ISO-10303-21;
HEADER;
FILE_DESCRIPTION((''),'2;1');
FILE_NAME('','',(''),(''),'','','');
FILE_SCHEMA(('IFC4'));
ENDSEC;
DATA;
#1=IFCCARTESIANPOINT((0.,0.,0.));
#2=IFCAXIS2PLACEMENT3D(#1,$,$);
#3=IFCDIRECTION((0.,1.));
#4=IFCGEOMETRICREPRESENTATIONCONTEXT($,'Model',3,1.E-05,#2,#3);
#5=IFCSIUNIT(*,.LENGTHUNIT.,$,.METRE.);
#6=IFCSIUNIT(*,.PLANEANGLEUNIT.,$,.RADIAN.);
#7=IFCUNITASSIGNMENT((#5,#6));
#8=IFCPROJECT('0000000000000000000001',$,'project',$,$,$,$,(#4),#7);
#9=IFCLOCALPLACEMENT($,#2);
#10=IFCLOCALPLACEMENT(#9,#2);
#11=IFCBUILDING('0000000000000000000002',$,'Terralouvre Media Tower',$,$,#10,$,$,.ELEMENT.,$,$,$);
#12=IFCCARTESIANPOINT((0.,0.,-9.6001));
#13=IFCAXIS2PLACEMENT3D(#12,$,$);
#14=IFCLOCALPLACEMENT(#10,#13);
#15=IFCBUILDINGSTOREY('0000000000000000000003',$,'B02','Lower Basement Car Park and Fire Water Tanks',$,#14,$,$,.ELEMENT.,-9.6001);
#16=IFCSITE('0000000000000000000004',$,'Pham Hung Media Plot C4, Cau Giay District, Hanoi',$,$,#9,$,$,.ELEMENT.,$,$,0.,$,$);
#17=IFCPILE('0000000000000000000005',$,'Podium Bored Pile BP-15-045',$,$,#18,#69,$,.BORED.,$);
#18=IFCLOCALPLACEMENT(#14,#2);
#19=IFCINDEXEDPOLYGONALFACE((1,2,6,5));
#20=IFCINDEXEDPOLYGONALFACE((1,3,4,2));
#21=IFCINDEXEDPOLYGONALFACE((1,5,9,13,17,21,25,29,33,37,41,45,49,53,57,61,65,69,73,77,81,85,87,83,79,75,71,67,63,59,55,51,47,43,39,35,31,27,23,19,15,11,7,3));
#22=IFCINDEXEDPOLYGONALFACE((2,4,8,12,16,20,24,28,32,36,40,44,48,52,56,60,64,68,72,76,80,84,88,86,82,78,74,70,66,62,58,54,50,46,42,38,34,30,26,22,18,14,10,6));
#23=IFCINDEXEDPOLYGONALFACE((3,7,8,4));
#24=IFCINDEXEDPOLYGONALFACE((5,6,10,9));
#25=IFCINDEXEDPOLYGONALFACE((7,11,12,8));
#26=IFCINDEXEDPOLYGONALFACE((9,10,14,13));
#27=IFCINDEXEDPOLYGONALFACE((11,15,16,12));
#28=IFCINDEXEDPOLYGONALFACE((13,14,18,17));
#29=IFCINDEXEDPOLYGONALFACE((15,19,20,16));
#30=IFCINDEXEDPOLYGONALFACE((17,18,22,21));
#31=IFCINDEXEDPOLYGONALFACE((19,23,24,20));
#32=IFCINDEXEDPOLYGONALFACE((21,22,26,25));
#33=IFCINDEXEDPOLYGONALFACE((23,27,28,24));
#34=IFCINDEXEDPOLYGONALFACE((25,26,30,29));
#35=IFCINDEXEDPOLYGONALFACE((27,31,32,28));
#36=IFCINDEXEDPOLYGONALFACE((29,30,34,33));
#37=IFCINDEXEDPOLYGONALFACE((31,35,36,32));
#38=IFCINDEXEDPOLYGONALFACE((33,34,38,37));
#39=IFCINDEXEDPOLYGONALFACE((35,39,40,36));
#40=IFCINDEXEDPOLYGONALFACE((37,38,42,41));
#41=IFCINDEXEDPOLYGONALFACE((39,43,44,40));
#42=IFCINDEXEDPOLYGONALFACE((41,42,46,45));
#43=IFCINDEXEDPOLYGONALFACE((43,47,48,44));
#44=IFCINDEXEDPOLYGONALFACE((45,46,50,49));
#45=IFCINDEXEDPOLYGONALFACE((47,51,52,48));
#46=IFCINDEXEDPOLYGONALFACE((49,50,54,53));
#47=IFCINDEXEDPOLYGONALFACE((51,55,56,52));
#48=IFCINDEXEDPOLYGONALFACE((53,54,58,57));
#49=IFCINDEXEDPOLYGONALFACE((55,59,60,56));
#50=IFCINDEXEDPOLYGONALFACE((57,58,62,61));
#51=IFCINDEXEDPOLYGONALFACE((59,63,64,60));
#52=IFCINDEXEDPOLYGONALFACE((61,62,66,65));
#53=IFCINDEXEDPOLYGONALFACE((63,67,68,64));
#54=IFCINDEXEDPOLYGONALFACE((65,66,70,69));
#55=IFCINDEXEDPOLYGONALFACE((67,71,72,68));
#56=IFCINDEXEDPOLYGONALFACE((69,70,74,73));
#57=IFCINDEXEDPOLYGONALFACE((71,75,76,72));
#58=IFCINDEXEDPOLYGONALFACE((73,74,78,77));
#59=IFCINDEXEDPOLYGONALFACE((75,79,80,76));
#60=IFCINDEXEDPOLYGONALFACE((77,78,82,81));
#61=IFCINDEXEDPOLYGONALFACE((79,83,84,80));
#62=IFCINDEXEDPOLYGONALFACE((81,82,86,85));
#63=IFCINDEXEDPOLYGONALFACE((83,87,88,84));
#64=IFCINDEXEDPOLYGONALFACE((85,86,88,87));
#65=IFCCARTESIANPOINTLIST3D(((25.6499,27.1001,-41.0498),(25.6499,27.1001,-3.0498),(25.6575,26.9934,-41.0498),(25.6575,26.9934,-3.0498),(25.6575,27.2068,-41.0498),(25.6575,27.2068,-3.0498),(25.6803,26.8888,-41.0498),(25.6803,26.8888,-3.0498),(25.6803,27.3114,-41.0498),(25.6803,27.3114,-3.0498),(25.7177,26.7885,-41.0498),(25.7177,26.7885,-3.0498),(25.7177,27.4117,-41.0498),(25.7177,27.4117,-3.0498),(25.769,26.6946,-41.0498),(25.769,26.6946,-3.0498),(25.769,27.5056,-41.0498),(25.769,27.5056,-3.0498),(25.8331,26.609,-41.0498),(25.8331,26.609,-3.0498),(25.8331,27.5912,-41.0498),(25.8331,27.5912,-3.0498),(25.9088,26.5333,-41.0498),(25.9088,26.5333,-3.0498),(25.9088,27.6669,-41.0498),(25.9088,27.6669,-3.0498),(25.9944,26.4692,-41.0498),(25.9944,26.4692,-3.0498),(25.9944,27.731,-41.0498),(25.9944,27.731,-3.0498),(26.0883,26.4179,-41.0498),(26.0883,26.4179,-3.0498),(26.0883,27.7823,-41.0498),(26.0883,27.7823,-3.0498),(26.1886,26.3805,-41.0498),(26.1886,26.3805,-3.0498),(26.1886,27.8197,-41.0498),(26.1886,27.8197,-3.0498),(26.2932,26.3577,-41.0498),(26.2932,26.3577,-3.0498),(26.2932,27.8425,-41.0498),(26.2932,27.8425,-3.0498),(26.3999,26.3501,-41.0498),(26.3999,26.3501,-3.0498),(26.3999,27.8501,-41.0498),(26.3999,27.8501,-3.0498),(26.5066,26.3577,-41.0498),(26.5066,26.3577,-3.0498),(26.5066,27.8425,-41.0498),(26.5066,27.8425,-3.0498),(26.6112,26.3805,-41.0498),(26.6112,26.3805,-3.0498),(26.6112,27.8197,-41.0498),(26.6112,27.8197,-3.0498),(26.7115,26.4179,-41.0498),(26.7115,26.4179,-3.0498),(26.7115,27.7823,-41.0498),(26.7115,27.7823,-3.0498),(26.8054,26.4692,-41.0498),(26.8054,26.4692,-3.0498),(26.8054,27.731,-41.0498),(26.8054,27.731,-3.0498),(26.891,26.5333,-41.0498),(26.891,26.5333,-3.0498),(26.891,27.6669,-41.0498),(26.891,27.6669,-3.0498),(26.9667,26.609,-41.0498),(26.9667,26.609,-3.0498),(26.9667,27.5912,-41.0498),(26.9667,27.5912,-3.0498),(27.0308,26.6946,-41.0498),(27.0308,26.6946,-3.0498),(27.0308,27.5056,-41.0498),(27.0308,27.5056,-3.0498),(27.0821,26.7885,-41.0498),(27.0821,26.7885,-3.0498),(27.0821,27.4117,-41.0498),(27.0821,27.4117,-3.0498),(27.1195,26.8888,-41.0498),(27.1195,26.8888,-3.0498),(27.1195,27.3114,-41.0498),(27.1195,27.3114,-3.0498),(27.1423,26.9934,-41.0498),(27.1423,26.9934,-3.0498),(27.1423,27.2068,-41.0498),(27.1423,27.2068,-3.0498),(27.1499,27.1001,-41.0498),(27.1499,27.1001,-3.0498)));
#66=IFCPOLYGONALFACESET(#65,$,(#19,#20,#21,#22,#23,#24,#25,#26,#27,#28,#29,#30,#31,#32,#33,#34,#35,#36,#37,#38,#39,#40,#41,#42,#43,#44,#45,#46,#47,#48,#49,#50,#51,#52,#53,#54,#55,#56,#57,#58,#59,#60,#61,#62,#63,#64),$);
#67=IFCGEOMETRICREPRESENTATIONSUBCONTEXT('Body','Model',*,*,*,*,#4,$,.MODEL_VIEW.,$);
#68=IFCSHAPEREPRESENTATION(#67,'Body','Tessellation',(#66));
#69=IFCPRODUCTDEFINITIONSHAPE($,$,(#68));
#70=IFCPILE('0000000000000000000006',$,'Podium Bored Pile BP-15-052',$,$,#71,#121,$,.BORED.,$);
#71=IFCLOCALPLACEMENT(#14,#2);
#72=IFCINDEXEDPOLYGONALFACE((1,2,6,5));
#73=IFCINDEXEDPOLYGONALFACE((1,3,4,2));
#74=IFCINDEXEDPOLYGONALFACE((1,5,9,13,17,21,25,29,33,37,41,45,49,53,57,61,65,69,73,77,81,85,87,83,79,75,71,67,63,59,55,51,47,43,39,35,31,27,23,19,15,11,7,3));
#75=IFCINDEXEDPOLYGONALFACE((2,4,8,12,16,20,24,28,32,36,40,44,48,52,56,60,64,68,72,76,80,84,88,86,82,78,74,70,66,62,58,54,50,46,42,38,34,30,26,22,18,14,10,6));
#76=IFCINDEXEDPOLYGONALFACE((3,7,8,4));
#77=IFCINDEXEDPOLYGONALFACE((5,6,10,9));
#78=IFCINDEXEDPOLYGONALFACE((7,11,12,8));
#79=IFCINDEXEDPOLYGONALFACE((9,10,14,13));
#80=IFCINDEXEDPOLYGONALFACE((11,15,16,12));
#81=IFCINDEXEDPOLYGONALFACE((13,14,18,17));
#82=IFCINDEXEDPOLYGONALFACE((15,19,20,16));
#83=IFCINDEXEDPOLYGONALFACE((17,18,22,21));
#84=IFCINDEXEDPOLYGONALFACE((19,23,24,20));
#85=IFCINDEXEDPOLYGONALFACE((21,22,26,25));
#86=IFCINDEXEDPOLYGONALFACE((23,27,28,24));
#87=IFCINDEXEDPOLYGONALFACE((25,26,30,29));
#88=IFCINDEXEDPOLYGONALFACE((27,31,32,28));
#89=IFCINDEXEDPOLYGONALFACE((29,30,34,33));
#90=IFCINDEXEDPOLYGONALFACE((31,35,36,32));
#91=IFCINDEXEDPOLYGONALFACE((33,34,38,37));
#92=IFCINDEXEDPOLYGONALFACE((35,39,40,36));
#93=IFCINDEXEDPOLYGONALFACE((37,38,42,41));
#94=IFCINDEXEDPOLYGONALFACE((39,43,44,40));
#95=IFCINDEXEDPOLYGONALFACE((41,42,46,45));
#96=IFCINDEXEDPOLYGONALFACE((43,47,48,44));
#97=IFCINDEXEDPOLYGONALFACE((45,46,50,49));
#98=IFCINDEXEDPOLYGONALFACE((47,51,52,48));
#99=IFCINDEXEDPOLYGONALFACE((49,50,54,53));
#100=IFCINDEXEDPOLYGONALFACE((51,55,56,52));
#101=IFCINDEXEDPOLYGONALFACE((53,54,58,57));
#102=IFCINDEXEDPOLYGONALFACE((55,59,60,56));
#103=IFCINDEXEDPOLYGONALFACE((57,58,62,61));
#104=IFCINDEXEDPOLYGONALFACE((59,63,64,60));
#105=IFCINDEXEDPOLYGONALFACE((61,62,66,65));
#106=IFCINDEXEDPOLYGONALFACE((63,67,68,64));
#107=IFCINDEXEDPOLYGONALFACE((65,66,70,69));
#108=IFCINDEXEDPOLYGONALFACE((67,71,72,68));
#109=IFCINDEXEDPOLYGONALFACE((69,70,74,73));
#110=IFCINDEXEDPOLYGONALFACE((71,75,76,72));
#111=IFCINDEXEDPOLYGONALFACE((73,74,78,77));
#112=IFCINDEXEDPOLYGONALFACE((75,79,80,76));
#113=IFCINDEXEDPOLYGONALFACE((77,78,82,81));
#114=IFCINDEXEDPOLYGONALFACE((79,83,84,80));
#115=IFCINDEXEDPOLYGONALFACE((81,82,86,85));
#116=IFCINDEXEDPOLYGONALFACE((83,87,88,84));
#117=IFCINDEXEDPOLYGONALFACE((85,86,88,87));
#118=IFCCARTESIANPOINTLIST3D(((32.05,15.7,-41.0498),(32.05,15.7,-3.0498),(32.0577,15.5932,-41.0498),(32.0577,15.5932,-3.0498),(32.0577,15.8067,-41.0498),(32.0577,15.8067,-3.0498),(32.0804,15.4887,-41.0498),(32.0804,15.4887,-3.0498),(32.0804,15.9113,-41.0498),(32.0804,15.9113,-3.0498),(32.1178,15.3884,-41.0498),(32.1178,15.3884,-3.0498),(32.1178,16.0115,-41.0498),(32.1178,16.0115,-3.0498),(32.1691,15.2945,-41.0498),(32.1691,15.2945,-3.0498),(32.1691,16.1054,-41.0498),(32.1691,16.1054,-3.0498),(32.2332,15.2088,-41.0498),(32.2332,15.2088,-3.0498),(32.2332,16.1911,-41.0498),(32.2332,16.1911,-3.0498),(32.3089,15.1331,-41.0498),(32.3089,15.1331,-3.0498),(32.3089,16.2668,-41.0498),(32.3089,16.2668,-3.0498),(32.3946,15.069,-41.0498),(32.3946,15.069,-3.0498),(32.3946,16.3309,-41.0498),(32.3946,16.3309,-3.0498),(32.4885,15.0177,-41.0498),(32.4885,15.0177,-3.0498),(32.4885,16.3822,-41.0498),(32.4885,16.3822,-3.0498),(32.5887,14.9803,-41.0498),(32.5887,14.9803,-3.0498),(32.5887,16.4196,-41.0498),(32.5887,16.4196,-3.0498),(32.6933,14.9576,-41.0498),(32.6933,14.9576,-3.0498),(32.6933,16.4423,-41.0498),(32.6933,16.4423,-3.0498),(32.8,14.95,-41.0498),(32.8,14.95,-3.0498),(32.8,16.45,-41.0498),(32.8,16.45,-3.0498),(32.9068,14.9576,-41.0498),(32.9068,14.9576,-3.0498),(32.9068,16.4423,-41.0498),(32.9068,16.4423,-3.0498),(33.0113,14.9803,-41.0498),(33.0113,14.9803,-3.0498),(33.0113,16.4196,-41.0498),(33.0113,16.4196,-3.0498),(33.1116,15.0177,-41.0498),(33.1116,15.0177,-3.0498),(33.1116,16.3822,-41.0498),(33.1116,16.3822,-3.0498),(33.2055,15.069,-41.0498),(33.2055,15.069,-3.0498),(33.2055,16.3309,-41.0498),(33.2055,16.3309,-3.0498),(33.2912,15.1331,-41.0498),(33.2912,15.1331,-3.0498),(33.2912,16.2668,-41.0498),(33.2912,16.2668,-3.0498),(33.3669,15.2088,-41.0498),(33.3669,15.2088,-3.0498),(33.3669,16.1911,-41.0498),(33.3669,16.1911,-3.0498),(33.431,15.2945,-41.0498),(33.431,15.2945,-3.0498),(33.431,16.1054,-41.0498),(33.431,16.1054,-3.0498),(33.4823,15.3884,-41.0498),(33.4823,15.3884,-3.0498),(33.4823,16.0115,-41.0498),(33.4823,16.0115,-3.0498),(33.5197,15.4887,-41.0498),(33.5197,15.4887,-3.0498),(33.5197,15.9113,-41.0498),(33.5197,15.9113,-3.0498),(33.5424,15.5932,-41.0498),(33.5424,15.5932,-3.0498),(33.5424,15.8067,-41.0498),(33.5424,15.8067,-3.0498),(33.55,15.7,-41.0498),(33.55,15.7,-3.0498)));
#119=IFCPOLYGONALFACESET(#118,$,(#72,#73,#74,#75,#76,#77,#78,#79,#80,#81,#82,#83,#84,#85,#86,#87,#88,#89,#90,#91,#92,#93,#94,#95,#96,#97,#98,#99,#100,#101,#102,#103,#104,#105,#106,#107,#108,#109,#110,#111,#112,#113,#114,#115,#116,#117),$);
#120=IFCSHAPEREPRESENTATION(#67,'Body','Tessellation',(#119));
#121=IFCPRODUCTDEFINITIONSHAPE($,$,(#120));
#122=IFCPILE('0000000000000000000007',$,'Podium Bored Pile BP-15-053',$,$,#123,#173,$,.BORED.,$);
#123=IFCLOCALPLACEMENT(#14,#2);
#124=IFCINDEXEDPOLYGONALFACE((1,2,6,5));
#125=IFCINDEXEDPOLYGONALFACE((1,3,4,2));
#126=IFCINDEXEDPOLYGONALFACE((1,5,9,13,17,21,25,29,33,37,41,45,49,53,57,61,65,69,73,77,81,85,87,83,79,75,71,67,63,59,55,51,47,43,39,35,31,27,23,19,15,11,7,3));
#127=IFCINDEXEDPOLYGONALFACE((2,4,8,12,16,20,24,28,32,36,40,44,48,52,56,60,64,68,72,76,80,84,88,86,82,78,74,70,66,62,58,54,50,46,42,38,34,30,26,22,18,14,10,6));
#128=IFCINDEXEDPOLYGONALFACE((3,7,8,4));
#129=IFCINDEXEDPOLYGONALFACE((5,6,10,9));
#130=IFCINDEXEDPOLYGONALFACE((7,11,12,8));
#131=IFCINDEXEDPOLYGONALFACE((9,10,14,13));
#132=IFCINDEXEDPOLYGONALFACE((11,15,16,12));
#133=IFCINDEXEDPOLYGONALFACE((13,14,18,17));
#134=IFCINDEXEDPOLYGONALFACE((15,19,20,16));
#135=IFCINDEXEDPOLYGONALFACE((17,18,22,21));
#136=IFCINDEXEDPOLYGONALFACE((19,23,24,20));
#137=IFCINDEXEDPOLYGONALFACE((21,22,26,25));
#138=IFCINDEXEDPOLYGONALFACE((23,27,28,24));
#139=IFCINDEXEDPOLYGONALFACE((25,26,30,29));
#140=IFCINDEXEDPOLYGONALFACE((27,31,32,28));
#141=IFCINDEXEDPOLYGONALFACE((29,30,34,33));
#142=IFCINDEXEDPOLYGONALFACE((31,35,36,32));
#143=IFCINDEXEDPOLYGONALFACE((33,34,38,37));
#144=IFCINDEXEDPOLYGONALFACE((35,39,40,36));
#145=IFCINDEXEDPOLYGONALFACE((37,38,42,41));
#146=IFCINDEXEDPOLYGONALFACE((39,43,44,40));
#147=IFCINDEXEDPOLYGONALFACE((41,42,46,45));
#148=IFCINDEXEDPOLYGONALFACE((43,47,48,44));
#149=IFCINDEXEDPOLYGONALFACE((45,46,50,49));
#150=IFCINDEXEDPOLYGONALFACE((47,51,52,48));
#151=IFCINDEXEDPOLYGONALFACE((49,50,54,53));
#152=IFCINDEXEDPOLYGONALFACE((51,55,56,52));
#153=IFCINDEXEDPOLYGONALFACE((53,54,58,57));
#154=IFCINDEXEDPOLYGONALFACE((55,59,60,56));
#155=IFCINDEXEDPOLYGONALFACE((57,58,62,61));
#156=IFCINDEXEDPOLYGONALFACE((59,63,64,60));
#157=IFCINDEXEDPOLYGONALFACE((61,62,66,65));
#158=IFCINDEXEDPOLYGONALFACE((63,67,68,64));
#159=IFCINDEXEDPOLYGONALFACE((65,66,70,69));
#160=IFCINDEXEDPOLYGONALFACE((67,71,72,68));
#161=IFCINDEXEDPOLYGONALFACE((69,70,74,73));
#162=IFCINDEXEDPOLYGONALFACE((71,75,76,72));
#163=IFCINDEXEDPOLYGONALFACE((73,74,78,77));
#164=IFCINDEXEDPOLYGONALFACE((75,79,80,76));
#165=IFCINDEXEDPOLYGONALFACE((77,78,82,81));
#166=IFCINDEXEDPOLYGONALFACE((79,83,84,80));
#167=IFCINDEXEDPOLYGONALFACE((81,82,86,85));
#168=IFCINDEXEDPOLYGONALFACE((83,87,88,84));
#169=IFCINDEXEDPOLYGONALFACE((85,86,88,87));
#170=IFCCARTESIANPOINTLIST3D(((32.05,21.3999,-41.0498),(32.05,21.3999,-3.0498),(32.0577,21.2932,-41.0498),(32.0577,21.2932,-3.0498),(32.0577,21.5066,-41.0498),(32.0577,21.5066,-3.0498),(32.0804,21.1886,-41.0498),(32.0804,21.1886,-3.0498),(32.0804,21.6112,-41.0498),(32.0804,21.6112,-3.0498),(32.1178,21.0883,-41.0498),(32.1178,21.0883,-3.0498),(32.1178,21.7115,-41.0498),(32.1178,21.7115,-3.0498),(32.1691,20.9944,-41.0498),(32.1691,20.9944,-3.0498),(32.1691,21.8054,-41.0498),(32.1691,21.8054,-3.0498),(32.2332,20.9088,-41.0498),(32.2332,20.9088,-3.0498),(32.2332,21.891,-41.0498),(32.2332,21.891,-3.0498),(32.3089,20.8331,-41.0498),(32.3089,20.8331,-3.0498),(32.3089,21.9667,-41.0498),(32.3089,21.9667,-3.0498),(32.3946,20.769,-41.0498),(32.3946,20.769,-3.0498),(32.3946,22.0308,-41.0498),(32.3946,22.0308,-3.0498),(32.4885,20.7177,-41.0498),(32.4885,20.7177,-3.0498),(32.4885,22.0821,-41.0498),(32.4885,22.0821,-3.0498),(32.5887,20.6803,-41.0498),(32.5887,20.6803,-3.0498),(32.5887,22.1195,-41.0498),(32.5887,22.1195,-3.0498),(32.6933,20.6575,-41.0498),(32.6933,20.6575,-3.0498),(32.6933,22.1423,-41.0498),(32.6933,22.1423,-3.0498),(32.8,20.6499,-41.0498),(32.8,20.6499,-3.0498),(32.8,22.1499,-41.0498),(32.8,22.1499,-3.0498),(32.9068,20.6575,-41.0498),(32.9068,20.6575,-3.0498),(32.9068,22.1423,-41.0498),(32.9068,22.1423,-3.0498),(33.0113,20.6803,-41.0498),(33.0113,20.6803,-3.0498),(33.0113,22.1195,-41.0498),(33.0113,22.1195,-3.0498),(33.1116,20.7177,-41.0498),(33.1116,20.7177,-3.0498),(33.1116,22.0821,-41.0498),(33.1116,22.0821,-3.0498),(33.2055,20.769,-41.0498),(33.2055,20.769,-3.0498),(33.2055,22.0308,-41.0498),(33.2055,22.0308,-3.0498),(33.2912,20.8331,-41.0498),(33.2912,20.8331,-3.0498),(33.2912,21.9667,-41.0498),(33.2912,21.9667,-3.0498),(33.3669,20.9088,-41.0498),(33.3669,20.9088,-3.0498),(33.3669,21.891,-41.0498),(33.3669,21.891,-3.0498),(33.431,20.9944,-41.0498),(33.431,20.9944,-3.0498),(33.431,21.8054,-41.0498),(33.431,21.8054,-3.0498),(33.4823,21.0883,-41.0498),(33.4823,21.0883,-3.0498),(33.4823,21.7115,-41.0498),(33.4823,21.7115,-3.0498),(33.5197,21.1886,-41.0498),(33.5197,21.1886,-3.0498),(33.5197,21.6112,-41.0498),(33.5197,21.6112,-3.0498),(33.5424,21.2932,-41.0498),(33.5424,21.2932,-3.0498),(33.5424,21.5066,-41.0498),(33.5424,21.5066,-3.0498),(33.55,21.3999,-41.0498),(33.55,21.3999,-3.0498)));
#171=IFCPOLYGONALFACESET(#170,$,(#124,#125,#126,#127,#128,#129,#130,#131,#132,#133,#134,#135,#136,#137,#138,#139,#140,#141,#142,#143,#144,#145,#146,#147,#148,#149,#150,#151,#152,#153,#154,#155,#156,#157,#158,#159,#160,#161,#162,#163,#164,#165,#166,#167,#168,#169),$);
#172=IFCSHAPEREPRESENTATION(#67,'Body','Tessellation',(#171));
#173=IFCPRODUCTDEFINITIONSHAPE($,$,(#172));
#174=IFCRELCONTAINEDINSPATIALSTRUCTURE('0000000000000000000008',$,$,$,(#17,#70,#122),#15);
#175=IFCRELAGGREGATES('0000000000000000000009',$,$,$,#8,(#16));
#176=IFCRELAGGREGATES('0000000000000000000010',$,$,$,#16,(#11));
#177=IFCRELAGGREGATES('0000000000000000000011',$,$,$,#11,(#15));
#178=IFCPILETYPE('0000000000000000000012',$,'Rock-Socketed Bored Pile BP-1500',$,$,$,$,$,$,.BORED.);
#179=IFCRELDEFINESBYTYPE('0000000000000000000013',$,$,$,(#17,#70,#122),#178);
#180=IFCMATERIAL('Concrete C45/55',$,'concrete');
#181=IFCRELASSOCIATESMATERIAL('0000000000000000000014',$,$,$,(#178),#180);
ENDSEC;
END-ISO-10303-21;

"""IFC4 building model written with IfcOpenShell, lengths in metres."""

from ifc_helpers import new_model, si_unit, direction, frame, origin, origin_2d, place, context, subcontext, project, spatial, circle, extrude, material, material_profile, profile_set, type_object, element, save


model = new_model("IFC4")

# Units and contexts
model_context = context("Model", 3, precision=1e-05, world=origin(), true_north=direction((0.0, 1.0)))
body_context = subcontext(model_context, "Body", "Model", "MODEL_VIEW")
ifc_project = project(units=[si_unit("LENGTHUNIT", "METRE"), si_unit("PLANEANGLEUNIT", "RADIAN")], contexts=[model_context])

# Site, building, storey
site_placement = place(None, origin())
site = spatial("IfcSite", under=ifc_project, at=site_placement, Name="Pham Hung Media Plot C4, Cau Giay District, Hanoi", CompositionType="ELEMENT", RefElevation=0.0)
building_placement = place(site_placement, origin())
building = spatial("IfcBuilding", under=site, at=building_placement, Name="Terralouvre Media Tower", CompositionType="ELEMENT")
storey_placement = place(building_placement, frame((0.0, 0.0, -9.6001)))
storey = spatial("IfcBuildingStorey", under=building, at=storey_placement, Name="B02", Description="Lower Basement Car Park and Fire Water Tanks", CompositionType="ELEMENT", Elevation=-9.6001)

# Piles
ifc_material_1 = material(Name="Concrete C45/55", Category="concrete")
ifc_material_profile_1 = material_profile(ifc_material_1, circle(Radius=0.75, at=origin_2d()), Name="BORED PILE 1500")
ifc_profile_set_1 = profile_set([ifc_material_profile_1], Name="Concrete C45/55")
pile_type = type_object("IfcPileType", Name="Rock-Socketed Bored Pile BP-1500", PredefinedType="BORED", material=ifc_profile_set_1)
for number, where, z_axis, x_axis, name in (
    (1, (26.3999, 27.1001, -3.0498), (0.0, 0.0, -1.0), (1.0, 0.0, 0.0), "Podium Bored Pile BP-15-045"),
    (2, (32.8, 15.7, -3.0498), (0.0, 0.0, -1.0), (1.0, 0.0, 0.0), "Podium Bored Pile BP-15-052"),
    (3, (32.8, 21.3999, -3.0498), (0.0, 0.0, -1.0), (1.0, 0.0, 0.0), "Podium Bored Pile BP-15-053"),
):
    element("IfcPile", number, at=place(storey_placement, frame(where, z_axis=z_axis, x_axis=x_axis)), inside=storey, type_object=pile_type, Name=name, PredefinedType="BORED", context=body_context, shape_type="SweptSolid", body=[
        extrude(circle(Radius=0.75, at=origin_2d()), origin(), (0.0, 0.0, 1.0), 38.0),
    ])

save(model, "model.ifc")
